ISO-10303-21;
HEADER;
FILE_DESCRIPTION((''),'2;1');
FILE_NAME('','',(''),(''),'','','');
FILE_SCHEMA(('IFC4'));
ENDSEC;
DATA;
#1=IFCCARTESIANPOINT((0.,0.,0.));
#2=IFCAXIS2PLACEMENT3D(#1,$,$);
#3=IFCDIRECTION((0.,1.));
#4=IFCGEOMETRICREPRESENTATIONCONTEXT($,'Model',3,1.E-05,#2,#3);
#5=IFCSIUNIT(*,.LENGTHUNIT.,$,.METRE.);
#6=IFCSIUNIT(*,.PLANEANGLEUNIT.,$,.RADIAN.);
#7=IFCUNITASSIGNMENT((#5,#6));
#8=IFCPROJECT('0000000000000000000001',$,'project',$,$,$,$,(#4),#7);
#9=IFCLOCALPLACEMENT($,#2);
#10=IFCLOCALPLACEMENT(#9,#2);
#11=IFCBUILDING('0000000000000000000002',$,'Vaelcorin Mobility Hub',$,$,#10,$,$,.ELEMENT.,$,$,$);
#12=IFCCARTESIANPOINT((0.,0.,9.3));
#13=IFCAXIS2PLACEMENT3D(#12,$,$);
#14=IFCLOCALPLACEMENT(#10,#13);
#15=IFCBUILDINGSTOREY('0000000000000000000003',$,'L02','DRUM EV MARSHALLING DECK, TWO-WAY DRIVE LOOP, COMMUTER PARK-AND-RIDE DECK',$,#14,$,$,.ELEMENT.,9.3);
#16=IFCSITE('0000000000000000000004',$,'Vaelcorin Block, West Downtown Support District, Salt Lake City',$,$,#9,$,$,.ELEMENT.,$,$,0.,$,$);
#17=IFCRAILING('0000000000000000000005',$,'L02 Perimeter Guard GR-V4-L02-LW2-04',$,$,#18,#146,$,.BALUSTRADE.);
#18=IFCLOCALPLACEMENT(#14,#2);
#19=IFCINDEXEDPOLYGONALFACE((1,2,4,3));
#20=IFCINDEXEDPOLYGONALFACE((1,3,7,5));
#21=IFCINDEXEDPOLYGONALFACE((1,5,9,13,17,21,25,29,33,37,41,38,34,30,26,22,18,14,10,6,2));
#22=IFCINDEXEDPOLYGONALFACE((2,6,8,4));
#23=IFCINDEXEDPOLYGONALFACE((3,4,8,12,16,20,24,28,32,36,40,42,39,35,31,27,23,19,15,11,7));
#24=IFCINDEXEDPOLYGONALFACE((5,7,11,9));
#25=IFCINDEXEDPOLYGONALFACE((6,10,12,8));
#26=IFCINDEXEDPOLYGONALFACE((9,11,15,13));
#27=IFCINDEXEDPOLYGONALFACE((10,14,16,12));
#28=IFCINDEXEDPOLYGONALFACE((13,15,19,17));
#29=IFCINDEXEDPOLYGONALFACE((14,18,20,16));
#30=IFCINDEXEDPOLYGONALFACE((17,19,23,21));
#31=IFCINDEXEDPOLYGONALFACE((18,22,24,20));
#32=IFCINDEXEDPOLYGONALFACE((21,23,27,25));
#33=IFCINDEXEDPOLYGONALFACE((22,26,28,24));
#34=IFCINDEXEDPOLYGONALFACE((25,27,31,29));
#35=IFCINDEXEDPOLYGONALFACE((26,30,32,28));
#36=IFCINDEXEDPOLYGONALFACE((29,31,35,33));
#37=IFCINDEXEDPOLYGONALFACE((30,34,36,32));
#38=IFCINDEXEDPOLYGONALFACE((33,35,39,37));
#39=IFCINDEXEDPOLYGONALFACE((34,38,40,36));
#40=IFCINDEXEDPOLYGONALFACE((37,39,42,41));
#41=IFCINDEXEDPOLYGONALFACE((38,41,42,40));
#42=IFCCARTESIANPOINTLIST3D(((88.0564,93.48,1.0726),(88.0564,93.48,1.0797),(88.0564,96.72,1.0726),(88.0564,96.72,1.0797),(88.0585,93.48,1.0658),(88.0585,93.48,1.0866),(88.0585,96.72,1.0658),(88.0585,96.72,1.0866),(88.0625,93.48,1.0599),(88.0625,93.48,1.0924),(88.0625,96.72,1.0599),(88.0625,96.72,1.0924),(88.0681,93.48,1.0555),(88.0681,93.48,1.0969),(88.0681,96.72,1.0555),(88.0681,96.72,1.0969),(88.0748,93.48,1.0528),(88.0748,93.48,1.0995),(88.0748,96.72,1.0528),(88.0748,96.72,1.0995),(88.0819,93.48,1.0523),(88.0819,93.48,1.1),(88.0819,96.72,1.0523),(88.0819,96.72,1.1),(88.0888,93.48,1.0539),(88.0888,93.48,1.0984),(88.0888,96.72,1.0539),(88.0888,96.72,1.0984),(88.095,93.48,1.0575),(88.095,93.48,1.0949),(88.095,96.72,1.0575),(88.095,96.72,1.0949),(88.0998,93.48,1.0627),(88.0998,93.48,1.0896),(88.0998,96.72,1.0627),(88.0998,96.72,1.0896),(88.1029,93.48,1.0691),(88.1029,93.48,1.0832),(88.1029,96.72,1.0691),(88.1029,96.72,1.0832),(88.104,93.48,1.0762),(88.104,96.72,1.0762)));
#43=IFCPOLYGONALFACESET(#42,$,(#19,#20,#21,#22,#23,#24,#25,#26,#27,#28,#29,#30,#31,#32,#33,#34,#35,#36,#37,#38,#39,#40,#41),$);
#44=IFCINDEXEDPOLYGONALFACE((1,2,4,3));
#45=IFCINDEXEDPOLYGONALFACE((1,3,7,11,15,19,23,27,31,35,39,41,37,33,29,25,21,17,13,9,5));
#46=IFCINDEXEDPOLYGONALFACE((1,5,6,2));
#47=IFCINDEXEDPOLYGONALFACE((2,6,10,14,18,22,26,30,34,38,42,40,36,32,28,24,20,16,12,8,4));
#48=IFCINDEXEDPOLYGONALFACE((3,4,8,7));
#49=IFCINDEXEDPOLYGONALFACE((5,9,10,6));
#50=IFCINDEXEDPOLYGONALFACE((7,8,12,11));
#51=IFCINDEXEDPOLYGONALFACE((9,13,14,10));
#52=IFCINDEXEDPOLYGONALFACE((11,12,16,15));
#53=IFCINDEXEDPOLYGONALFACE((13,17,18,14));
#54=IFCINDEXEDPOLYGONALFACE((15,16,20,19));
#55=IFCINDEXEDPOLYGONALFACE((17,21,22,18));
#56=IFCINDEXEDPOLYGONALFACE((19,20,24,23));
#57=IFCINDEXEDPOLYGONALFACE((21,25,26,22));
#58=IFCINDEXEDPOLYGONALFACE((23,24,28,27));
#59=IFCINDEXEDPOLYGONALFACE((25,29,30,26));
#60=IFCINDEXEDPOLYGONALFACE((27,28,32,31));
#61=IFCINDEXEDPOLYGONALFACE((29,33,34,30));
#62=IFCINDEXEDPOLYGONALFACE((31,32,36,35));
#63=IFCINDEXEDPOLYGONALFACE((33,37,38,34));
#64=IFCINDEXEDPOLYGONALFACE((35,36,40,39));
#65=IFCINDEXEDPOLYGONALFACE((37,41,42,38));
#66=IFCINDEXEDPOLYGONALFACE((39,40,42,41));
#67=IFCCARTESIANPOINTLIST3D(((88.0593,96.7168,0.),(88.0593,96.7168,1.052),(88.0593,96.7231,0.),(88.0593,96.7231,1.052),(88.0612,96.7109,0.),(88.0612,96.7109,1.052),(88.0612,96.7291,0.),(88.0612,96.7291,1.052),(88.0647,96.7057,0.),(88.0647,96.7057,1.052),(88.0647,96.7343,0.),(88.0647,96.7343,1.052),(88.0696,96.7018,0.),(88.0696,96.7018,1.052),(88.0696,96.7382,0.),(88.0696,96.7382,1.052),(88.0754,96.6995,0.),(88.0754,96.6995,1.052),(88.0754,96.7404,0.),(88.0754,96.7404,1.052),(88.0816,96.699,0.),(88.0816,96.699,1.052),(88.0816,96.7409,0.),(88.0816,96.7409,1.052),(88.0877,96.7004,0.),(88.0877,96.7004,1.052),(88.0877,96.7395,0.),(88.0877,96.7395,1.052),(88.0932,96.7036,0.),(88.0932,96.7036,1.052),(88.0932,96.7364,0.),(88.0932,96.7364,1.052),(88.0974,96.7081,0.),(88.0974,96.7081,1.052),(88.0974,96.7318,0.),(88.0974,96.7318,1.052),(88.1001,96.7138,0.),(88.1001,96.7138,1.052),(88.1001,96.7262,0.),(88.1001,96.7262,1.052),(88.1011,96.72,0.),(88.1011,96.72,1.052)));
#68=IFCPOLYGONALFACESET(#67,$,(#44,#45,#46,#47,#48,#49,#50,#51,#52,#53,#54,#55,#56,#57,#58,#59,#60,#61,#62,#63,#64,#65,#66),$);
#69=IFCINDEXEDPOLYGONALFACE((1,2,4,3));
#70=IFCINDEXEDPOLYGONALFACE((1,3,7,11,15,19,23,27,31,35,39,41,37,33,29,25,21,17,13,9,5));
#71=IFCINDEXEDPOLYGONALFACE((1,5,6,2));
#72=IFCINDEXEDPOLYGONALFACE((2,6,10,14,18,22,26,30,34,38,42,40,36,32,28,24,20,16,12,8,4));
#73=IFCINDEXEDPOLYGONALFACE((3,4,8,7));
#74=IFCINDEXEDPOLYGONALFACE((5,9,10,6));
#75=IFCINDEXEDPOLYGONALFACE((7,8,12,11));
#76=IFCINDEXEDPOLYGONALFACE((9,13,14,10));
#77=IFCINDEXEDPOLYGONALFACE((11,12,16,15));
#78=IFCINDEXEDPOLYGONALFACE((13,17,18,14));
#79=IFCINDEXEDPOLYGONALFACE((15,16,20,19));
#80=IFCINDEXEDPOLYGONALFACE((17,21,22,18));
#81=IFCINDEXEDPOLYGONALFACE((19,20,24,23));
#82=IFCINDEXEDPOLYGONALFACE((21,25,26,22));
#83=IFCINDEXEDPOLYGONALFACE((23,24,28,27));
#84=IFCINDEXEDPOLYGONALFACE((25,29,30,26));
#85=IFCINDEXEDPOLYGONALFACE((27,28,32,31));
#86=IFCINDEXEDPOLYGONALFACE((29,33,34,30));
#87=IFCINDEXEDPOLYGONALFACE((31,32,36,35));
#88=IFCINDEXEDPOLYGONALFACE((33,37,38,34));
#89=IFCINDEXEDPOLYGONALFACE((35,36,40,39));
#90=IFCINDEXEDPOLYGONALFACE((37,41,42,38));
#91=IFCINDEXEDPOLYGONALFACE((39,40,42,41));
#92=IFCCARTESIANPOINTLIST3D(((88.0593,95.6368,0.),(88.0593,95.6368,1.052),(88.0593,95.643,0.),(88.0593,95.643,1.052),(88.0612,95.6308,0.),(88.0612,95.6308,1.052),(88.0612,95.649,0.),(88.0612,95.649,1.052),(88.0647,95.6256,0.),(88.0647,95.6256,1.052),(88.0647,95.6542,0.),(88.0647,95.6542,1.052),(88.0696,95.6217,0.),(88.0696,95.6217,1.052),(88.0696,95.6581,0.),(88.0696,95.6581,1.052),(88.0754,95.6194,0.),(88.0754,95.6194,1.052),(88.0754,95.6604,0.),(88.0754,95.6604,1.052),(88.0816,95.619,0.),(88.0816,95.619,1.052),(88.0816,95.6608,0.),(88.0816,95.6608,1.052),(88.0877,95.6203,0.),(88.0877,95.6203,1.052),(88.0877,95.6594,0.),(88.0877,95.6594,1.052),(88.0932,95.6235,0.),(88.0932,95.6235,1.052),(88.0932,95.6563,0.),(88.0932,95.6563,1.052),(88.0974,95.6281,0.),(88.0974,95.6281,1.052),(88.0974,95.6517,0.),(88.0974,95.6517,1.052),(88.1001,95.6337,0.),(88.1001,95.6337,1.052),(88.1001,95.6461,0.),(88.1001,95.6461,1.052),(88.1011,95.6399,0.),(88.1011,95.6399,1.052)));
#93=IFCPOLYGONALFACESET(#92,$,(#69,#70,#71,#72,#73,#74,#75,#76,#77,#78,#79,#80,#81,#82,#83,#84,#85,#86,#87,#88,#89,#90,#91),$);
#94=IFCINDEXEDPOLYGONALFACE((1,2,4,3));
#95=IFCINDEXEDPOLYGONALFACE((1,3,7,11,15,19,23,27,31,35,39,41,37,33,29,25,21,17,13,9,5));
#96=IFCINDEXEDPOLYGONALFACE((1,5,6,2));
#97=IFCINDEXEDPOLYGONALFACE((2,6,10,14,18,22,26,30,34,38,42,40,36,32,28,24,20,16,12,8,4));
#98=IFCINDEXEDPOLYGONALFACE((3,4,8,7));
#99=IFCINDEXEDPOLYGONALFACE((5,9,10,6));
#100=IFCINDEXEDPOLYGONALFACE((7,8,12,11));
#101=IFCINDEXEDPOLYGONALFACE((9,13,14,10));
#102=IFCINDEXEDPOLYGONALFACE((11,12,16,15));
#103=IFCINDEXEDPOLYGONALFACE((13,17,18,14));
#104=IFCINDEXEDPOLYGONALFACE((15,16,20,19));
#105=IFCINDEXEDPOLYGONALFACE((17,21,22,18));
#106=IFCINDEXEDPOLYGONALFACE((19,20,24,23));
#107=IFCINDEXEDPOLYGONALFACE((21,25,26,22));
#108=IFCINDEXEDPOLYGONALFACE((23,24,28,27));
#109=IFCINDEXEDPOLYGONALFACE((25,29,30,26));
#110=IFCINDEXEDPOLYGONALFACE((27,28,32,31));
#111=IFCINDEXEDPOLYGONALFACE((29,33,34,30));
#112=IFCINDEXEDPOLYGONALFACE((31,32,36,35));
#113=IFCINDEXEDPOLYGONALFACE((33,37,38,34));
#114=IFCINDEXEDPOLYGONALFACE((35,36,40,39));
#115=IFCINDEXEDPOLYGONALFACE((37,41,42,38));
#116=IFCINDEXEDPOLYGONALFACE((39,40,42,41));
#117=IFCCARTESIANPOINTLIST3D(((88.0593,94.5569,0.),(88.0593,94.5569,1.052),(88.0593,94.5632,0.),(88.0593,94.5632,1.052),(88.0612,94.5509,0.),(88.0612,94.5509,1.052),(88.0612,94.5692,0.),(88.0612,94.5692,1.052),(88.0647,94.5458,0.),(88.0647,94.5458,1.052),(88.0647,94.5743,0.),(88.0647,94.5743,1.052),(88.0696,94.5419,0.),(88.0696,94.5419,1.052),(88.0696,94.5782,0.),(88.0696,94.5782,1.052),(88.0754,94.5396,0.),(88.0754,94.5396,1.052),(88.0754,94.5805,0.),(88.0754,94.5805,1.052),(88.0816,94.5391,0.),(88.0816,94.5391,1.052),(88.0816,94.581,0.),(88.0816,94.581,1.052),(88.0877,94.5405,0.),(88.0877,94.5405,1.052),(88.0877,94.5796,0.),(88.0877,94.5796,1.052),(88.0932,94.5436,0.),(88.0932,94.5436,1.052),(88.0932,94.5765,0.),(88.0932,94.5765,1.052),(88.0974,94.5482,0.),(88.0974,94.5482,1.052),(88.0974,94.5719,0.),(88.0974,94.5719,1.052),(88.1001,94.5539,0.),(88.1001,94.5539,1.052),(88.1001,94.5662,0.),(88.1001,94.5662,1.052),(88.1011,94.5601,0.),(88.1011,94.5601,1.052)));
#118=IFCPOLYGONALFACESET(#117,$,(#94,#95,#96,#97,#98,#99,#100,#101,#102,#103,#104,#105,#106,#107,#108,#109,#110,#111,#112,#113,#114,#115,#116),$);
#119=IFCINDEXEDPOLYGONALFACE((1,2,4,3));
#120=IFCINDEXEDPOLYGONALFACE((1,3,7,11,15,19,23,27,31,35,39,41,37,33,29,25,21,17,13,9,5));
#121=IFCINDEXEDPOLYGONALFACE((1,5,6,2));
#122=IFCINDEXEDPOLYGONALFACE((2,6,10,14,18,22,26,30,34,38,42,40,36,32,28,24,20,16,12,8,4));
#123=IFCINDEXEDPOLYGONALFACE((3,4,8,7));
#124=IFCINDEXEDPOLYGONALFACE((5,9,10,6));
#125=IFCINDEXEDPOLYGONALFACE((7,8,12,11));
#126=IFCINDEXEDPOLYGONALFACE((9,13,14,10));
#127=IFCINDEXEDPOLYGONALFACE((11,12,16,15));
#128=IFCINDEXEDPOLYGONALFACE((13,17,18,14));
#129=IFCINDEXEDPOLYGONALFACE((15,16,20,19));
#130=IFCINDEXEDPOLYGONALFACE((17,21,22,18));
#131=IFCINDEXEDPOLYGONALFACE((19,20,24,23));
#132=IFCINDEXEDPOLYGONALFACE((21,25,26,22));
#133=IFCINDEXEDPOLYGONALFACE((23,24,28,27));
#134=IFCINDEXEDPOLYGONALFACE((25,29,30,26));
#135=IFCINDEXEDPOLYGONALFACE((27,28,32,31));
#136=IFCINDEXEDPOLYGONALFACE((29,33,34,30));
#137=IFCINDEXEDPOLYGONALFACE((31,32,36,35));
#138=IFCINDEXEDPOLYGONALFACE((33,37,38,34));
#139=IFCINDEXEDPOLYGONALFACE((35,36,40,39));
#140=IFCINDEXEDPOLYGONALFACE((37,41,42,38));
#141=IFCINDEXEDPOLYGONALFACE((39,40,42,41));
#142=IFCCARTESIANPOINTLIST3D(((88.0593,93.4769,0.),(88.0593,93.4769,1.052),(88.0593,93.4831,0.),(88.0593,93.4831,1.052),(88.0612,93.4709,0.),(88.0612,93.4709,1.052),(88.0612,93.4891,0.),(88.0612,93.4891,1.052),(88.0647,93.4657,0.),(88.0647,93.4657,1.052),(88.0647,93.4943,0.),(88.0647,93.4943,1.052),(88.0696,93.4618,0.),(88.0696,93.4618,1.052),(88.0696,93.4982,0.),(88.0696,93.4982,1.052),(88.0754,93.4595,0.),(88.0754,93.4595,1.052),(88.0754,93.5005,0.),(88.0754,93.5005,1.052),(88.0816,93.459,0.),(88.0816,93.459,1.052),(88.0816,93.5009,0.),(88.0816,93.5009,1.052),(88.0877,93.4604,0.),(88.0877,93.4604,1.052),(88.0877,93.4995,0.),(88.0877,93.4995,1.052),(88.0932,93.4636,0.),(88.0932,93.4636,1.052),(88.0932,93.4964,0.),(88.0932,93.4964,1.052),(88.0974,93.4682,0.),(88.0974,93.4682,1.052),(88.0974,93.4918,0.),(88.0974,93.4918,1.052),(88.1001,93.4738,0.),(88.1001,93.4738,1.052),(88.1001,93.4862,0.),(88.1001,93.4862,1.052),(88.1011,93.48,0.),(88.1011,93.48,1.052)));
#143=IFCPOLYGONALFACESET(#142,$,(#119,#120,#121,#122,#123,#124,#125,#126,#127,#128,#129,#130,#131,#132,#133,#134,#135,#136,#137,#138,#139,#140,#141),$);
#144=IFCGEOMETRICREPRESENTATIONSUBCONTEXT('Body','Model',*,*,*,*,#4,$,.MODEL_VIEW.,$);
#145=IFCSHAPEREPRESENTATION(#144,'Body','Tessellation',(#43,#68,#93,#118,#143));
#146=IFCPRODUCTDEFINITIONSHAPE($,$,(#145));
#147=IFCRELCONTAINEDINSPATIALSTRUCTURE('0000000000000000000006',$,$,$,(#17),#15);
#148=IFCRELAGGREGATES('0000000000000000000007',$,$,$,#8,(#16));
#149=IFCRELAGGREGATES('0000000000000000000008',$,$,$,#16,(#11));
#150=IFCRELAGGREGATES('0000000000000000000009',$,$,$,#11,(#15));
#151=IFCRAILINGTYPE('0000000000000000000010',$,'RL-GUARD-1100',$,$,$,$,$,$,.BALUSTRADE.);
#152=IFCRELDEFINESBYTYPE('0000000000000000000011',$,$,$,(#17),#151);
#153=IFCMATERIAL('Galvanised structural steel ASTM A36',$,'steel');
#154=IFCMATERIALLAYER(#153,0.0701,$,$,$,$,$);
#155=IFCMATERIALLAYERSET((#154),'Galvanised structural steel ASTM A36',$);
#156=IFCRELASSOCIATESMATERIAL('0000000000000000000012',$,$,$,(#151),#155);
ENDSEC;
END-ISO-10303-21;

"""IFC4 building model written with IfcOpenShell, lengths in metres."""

from ifc_helpers import new_model, si_unit, direction, frame, origin, origin_2d, place, context, subcontext, project, spatial, circle, extrude, material, layer, layer_set, type_object, element, save


model = new_model("IFC4")

# Units and contexts
model_context = context("Model", 3, precision=1e-05, world=origin(), true_north=direction((0.0, 1.0)))
body_context = subcontext(model_context, "Body", "Model", "MODEL_VIEW")
ifc_project = project(units=[si_unit("LENGTHUNIT", "METRE"), si_unit("PLANEANGLEUNIT", "RADIAN")], contexts=[model_context])

# Site, building, storey
site_placement = place(None, origin())
site = spatial("IfcSite", under=ifc_project, at=site_placement, Name="Vaelcorin Block, West Downtown Support District, Salt Lake City", CompositionType="ELEMENT", RefElevation=0.0)
building_placement = place(site_placement, origin())
building = spatial("IfcBuilding", under=site, at=building_placement, Name="Vaelcorin Mobility Hub", CompositionType="ELEMENT")
storey_placement = place(building_placement, frame((0.0, 0.0, 9.3)))
storey = spatial("IfcBuildingStorey", under=building, at=storey_placement, Name="L02", Description="DRUM EV MARSHALLING DECK, TWO-WAY DRIVE LOOP, COMMUTER PARK-AND-RIDE DECK", CompositionType="ELEMENT", Elevation=9.3)

# Railing
ifc_material_1 = material(Name="Galvanised structural steel ASTM A36", Category="steel")
ifc_layer_1 = layer(ifc_material_1, 0.0701)
ifc_layer_set_1 = layer_set([ifc_layer_1], Name="Galvanised structural steel ASTM A36")
railing_type = type_object("IfcRailingType", Name="RL-GUARD-1100", PredefinedType="BALUSTRADE", material=ifc_layer_set_1)
railing_1_placement = place(storey_placement, frame((88.0801, 96.72, 0.0)))
element("IfcRailing", 1, at=railing_1_placement, inside=storey, type_object=railing_type, Name="L02 Perimeter Guard GR-V4-L02-LW2-04", PredefinedType="BALUSTRADE", context=body_context, shape_type="SweptSolid", body=[
    extrude(circle(Radius=0.0239, at=origin_2d()), frame((0.0, 0.0, 1.0762), z_axis=(0.0, -1.0, 0.0), x_axis=(1.0, 0.0, 0.0)), (0.0, 0.0, 1.0), 3.24),
    extrude(circle(Radius=0.021, at=origin_2d()), origin(), (0.0, 0.0, 1.0), 1.052),
    extrude(circle(Radius=0.021, at=origin_2d()), frame((0.0, -1.0801, 0.0)), (0.0, 0.0, 1.0), 1.052),
    extrude(circle(Radius=0.021, at=origin_2d()), frame((0.0, -2.1599, 0.0)), (0.0, 0.0, 1.0), 1.052),
    extrude(circle(Radius=0.021, at=origin_2d()), frame((0.0, -3.24, 0.0)), (0.0, 0.0, 1.0), 1.052),
])

save(model, "model.ifc")
